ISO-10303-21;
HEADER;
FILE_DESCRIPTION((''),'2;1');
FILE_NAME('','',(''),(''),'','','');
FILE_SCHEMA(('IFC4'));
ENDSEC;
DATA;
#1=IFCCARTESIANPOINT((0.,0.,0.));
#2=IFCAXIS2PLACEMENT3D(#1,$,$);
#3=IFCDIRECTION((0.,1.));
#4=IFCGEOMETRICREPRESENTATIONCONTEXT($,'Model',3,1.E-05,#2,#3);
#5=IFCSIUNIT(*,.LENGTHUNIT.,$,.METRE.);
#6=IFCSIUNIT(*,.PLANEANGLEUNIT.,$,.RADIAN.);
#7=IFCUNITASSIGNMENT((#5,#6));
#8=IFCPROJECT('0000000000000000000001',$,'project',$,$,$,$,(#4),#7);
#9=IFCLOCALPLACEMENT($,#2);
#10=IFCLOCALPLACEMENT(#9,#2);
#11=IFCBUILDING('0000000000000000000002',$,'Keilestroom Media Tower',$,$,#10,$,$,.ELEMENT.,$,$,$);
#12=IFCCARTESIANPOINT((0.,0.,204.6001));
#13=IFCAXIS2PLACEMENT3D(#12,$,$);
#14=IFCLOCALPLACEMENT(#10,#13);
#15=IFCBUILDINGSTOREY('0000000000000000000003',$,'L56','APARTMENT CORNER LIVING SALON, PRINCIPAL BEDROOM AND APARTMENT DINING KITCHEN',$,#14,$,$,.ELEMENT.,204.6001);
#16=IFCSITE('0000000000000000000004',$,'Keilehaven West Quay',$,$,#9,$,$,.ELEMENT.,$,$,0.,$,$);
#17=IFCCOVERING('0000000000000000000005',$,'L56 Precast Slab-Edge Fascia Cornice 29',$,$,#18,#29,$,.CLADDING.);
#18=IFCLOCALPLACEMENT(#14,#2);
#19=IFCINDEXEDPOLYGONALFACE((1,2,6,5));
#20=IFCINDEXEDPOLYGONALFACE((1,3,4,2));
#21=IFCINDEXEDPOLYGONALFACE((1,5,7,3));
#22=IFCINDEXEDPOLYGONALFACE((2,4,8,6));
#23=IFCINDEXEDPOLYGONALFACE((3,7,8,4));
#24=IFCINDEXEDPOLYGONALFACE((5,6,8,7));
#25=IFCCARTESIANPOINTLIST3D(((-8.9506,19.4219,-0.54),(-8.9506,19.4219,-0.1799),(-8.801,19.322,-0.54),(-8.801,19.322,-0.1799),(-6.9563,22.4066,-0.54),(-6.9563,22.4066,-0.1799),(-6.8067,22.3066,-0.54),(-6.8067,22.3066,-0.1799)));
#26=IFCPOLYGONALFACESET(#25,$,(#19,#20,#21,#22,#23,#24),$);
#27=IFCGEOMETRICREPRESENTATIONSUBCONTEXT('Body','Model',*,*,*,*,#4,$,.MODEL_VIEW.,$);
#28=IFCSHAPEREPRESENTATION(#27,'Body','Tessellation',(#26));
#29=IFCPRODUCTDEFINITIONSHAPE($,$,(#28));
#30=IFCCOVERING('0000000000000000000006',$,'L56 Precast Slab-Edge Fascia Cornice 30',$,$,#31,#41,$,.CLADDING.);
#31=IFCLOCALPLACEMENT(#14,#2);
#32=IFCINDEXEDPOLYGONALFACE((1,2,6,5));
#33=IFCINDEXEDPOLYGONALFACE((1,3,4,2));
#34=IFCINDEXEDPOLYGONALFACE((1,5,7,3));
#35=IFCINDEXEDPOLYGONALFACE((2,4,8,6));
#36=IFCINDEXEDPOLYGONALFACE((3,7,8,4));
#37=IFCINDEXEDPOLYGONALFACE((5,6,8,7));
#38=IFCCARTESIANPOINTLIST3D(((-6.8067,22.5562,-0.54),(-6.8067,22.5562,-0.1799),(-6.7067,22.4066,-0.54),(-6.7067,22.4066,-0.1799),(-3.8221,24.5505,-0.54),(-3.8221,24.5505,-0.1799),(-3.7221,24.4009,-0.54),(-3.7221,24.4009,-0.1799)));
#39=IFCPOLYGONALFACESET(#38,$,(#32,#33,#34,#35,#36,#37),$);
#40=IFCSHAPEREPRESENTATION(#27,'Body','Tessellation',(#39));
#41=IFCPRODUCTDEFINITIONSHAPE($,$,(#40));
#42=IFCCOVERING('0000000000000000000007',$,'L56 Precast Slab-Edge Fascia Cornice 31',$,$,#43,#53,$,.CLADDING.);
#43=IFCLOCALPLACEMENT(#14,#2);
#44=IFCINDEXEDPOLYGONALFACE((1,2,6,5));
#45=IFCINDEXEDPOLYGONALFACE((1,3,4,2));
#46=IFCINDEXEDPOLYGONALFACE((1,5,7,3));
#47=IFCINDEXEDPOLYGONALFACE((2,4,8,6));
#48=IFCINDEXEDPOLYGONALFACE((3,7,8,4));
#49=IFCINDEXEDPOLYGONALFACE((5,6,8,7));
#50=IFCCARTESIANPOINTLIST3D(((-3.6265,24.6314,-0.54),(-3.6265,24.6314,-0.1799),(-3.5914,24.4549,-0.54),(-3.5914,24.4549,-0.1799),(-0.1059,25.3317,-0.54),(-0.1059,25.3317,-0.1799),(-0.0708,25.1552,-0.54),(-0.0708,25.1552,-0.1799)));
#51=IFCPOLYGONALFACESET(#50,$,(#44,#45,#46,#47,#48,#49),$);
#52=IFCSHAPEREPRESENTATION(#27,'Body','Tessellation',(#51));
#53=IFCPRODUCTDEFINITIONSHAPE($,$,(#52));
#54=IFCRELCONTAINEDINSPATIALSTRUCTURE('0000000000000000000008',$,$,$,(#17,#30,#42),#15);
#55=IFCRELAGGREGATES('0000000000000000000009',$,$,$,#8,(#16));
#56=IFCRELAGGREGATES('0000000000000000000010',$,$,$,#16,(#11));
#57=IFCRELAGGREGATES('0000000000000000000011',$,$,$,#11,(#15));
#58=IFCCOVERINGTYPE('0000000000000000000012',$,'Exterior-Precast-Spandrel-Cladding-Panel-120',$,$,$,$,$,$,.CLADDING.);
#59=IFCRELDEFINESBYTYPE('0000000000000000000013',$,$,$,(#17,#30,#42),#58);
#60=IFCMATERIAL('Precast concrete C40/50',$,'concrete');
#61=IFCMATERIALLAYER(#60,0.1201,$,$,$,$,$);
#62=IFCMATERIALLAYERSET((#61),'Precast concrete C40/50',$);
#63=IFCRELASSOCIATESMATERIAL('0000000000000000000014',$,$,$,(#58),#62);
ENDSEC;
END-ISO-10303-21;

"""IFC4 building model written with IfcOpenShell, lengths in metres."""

from ifc_helpers import new_model, si_unit, direction, frame, origin, origin_2d, place, context, subcontext, project, spatial, rectangle, extrude, source, transform, mapped, material, layer, layer_set, type_object, element, save


model = new_model("IFC4")

# Units and contexts
model_context = context("Model", 3, precision=1e-05, world=origin(), true_north=direction((0.0, 1.0)))
body_context = subcontext(model_context, "Body", "Model", "MODEL_VIEW")
ifc_project = project(units=[si_unit("LENGTHUNIT", "METRE"), si_unit("PLANEANGLEUNIT", "RADIAN")], contexts=[model_context])

# Site, building, storey
site_placement = place(None, origin())
site = spatial("IfcSite", under=ifc_project, at=site_placement, Name="Keilehaven West Quay", CompositionType="ELEMENT", RefElevation=0.0)
building_placement = place(site_placement, origin())
building = spatial("IfcBuilding", under=site, at=building_placement, Name="Keilestroom Media Tower", CompositionType="ELEMENT")
storey_placement = place(building_placement, frame((0.0, 0.0, 204.6001)))
storey = spatial("IfcBuildingStorey", under=building, at=storey_placement, Name="L56", Description="APARTMENT CORNER LIVING SALON, PRINCIPAL BEDROOM AND APARTMENT DINING KITCHEN", CompositionType="ELEMENT", Elevation=204.6001)

# Shared definitions
ifc_material_1 = material(Name="Precast concrete C40/50", Category="concrete")

# Coverings
ifc_layer_1 = layer(ifc_material_1, 0.1201)
ifc_layer_set_1 = layer_set([ifc_layer_1], Name="Precast concrete C40/50")
covering_type = type_object("IfcCoveringType", Name="Exterior-Precast-Spandrel-Cladding-Panel-120", PredefinedType="CLADDING", material=ifc_layer_set_1)
shared_shape_1 = source(origin(), body_context, "Body", "SweptSolid", [
    extrude(rectangle(XDim=3.5896, YDim=0.1799, at=origin_2d()), origin(), (0.0, 0.0, 1.0), 0.3601),
])
for number, where, z_axis, x_axis, name in (
    (1, (-7.8787, 20.8643, -0.54), (0.0, 0.0, 1.0), (0.555575, 0.831467, 0.0), "L56 Precast Slab-Edge Fascia Cornice 29"),
    (2, (-5.2644, 23.4785, -0.54), (0.0, 0.0, 1.0), (0.831467, 0.555575, 0.0), "L56 Precast Slab-Edge Fascia Cornice 30"),
    (3, (-1.8486, 24.8933, -0.54), (0.0, 0.0, 1.0), (0.980784, 0.195099, 0.0), "L56 Precast Slab-Edge Fascia Cornice 31"),
):
    element("IfcCovering", number, at=place(storey_placement, frame(where, z_axis=z_axis, x_axis=x_axis)), inside=storey, type_object=covering_type, Name=name, PredefinedType="CLADDING", context=body_context, shape_type="MappedRepresentation", body=[
        mapped(shared_shape_1, transform((0.0, 0.0, 0.0), x_axis=(1.0, 0.0, 0.0), y_axis=(0.0, 1.0, 0.0), z_axis=(0.0, 0.0, 1.0), scale=1.0)),
    ])

save(model, "model.ifc")
